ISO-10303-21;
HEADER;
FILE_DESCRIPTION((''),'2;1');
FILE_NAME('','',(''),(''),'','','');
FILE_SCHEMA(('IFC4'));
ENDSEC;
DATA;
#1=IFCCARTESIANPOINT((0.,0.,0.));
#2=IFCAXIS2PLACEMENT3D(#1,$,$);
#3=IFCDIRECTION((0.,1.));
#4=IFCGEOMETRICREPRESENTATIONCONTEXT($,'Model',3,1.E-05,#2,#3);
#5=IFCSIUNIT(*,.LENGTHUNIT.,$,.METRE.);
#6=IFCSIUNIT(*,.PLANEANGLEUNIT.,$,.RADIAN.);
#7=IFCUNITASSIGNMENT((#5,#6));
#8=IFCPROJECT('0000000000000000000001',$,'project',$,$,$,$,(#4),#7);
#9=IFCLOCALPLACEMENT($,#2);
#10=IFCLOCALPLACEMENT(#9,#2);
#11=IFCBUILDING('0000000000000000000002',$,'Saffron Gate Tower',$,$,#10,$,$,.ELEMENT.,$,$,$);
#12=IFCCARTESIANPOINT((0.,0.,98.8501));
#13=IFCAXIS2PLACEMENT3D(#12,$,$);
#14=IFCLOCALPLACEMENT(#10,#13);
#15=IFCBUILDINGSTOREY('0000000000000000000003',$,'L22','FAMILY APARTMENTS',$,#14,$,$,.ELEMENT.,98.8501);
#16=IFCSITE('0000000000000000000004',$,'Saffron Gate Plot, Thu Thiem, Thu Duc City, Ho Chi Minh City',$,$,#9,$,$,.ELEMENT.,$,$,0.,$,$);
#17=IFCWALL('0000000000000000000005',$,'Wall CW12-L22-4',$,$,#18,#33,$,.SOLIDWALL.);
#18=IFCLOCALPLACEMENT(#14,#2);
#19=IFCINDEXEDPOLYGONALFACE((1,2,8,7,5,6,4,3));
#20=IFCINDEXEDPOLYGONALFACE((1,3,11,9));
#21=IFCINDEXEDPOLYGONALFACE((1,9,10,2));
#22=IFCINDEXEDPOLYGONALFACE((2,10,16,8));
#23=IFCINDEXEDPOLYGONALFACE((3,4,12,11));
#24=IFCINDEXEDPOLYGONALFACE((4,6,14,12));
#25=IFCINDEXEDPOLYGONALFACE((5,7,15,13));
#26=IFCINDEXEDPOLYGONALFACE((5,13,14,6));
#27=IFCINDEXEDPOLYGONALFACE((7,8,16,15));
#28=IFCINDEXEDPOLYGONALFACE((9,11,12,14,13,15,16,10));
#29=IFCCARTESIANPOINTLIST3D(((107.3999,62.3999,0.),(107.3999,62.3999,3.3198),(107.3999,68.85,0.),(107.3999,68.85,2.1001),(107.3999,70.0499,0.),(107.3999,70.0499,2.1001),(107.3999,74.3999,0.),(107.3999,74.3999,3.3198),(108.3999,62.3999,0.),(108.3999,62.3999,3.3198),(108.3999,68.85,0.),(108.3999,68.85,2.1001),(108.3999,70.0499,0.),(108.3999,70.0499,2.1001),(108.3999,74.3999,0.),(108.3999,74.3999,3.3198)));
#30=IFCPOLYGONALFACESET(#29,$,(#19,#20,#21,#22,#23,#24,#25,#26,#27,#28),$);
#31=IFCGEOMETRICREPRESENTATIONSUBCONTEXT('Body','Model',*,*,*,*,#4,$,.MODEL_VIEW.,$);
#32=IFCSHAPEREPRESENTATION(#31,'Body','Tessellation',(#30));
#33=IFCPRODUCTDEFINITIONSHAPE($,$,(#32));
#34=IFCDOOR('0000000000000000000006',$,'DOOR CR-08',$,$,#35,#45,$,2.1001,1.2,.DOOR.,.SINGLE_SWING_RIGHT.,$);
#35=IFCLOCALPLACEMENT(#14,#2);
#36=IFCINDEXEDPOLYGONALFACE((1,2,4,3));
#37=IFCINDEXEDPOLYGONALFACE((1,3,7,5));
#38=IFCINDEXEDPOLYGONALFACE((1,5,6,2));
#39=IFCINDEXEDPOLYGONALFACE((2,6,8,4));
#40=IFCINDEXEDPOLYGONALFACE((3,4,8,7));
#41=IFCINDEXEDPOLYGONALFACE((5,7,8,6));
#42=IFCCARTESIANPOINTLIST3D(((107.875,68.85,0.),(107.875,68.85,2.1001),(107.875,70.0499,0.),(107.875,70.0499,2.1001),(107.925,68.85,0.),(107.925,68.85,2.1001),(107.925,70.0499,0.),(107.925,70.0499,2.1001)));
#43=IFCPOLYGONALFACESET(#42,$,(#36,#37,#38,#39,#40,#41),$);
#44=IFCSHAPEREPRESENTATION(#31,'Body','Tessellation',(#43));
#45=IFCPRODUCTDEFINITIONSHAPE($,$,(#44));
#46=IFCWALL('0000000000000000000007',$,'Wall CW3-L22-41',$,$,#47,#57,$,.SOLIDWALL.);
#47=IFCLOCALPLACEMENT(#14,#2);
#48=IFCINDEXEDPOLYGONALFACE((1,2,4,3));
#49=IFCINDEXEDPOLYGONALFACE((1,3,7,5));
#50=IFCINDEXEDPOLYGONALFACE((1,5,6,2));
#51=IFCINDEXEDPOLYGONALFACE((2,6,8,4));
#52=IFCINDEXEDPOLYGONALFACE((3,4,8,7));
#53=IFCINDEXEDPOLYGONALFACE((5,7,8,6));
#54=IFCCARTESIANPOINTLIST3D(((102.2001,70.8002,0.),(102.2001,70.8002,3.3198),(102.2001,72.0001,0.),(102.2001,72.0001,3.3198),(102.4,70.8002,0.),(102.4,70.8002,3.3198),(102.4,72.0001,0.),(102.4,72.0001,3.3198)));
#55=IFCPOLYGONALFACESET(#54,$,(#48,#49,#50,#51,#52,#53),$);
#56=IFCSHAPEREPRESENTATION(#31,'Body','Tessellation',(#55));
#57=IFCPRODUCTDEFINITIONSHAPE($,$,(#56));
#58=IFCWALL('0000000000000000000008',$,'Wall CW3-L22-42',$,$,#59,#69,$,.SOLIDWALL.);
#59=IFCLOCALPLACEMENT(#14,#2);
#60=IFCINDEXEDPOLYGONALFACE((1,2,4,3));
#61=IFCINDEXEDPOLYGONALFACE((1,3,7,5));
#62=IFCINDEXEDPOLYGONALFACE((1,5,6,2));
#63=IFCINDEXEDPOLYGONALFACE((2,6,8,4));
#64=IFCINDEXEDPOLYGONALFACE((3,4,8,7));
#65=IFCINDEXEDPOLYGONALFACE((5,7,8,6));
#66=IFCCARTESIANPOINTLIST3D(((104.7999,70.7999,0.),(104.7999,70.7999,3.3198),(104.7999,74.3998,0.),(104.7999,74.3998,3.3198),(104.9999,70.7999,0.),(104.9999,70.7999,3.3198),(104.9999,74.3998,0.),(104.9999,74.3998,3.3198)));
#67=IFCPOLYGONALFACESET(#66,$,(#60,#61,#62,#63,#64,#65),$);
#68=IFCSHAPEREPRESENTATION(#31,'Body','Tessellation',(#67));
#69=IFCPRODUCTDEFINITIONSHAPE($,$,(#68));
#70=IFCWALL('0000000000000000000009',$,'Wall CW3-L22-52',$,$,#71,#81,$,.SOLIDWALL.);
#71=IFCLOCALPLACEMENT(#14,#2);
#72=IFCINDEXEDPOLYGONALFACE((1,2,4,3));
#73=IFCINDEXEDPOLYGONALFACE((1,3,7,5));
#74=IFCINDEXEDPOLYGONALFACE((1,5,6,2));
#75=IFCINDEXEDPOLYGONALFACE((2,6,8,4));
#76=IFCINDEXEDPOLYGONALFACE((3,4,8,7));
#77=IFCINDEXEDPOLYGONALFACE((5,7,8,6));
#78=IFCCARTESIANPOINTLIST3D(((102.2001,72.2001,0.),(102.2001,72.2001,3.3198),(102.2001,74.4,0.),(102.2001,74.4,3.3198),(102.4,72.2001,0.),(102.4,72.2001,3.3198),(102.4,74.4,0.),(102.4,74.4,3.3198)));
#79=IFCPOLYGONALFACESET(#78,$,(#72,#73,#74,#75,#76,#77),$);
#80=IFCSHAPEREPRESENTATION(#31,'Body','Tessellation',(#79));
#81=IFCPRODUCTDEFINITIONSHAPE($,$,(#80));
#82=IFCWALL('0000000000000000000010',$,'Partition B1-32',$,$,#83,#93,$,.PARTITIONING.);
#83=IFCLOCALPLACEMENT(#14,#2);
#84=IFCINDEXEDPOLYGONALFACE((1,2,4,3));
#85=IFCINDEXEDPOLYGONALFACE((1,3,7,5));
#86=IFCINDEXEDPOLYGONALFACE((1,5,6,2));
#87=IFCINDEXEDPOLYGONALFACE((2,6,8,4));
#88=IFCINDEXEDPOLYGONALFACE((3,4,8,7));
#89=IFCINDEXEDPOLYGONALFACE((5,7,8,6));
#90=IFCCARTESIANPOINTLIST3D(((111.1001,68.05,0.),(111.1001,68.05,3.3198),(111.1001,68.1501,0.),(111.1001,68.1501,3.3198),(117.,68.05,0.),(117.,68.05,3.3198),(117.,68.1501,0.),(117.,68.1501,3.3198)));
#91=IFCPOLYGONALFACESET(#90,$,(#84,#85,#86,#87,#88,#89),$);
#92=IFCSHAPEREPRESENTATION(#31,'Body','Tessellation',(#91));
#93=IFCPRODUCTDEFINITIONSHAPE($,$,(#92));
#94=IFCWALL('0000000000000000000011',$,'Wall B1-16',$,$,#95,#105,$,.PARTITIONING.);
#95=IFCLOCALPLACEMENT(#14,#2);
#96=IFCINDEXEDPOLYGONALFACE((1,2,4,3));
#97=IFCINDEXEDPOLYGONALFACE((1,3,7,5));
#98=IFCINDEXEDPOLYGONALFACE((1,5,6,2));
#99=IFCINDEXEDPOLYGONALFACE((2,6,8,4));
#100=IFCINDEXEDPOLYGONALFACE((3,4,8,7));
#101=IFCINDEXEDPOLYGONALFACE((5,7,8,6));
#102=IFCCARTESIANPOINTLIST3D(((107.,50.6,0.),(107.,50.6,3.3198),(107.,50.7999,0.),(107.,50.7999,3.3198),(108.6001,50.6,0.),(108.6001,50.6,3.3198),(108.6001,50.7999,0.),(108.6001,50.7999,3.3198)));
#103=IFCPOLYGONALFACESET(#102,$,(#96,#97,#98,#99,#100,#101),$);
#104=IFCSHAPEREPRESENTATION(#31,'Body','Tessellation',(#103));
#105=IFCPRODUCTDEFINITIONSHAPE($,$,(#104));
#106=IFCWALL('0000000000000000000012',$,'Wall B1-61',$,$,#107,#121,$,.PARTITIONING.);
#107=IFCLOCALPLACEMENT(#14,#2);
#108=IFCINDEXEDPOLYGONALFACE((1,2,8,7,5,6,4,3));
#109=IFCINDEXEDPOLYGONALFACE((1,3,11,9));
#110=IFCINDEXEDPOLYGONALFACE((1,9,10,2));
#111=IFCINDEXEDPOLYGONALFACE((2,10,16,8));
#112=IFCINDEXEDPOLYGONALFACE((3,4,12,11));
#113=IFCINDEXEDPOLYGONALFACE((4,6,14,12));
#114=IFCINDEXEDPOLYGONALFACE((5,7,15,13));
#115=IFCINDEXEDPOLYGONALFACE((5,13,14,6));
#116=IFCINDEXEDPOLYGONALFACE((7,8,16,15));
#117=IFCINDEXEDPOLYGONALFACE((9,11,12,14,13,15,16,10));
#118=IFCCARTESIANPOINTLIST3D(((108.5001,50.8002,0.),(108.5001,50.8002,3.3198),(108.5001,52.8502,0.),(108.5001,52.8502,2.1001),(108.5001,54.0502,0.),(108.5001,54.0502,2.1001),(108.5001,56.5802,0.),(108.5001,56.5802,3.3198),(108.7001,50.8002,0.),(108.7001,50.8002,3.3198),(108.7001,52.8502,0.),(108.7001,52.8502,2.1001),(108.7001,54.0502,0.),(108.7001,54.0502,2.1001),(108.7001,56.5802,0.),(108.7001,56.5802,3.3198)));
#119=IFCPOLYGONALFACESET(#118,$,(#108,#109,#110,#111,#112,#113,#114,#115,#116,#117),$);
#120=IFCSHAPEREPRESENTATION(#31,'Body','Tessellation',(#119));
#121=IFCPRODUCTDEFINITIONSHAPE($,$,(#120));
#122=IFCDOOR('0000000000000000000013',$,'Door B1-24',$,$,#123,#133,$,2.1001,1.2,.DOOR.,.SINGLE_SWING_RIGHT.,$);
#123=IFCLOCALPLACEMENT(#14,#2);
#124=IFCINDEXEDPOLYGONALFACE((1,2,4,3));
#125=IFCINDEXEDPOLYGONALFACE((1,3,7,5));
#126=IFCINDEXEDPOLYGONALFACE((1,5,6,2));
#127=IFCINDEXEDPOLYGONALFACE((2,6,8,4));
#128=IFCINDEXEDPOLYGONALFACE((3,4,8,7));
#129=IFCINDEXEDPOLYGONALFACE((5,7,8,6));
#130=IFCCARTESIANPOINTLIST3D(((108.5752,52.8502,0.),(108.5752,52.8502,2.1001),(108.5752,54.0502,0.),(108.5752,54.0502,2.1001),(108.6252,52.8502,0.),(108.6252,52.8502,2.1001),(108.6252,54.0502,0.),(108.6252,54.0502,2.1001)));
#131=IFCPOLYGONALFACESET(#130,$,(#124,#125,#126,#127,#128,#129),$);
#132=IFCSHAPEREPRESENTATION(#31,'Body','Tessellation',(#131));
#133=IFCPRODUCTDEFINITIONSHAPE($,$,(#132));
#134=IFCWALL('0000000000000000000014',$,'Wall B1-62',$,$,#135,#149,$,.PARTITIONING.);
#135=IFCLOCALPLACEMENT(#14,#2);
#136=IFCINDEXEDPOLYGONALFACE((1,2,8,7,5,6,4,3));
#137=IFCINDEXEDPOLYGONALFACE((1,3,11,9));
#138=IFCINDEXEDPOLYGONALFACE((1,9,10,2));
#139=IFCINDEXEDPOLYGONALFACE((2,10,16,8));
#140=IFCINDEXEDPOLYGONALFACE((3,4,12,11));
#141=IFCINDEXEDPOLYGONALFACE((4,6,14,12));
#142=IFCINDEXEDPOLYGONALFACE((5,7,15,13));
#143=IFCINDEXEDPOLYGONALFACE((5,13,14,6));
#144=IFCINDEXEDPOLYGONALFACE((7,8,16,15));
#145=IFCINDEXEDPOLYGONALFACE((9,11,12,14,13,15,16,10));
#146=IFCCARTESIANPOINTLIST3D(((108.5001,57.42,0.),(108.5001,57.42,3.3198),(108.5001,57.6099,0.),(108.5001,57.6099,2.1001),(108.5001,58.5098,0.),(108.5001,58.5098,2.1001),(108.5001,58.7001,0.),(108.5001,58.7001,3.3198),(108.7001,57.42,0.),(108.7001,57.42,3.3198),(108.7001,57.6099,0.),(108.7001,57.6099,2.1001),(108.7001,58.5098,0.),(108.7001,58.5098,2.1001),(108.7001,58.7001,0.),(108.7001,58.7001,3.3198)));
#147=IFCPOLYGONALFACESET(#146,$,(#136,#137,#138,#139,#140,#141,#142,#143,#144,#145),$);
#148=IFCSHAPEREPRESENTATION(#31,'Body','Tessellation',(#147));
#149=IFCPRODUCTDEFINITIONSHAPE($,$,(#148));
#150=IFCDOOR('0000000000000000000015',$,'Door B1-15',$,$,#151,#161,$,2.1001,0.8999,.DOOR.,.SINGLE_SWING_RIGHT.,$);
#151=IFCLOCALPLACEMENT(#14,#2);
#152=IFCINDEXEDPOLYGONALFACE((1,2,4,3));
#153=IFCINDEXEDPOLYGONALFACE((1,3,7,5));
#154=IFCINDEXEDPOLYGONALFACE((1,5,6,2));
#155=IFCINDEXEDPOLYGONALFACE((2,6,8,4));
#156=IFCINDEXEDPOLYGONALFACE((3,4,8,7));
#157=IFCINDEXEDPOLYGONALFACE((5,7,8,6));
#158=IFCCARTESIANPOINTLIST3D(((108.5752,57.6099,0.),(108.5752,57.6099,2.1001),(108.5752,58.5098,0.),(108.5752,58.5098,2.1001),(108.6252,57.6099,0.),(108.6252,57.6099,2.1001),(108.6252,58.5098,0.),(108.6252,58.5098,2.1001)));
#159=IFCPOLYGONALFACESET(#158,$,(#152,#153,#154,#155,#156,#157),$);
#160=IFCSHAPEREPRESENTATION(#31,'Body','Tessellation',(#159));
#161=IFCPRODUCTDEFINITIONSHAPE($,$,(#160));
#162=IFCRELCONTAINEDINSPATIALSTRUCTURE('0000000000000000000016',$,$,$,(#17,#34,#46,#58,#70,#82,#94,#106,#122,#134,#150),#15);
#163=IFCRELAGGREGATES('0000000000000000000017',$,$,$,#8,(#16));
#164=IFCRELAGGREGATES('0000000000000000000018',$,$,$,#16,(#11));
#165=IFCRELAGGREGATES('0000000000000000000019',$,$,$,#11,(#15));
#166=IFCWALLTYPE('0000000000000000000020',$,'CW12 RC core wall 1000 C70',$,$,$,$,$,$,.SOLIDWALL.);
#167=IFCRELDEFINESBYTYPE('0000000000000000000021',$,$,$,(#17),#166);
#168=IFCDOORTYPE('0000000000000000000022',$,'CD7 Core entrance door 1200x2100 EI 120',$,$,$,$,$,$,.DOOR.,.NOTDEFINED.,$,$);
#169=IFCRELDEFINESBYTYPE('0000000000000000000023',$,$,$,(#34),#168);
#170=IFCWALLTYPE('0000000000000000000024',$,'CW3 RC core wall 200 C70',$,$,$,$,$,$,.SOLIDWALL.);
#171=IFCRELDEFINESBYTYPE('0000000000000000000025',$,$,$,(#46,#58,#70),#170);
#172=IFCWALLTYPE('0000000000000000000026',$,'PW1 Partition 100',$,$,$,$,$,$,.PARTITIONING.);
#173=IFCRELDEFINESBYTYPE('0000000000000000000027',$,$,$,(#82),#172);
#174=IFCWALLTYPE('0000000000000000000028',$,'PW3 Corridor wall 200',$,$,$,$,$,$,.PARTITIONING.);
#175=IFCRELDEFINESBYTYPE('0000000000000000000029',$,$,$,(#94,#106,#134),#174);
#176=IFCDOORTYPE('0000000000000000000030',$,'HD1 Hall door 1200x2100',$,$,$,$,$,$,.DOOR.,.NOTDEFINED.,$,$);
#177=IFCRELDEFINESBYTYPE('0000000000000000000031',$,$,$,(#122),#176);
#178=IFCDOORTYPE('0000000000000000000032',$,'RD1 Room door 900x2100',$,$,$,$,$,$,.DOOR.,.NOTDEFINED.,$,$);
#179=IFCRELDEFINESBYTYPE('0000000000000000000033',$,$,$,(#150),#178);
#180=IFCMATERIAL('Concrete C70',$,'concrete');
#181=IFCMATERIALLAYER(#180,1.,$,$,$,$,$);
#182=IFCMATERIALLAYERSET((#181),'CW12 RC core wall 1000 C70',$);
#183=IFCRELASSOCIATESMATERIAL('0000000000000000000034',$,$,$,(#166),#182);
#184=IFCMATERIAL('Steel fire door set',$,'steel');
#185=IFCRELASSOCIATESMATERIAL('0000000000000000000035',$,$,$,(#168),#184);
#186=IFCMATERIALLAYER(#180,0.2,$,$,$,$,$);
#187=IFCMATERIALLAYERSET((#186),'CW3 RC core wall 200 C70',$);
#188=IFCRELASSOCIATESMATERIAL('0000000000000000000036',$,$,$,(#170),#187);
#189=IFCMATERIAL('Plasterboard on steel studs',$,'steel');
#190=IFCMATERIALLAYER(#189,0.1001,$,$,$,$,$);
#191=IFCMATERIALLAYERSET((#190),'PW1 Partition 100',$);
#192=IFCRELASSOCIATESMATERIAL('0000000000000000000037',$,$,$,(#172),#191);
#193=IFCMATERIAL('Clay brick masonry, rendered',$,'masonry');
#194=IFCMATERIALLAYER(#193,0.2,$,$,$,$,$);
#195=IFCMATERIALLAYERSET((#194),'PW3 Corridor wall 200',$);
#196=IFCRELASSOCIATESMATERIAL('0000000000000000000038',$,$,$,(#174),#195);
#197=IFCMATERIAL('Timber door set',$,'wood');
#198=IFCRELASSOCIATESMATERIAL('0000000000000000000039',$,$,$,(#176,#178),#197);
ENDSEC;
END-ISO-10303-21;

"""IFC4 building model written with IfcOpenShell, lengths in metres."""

from ifc_helpers import new_model, si_unit, direction, frame, frame_2d, origin, place, context, subcontext, project, spatial, rectangle, extrude, material, layer, layer_set, type_object, element, fill, save


model = new_model("IFC4")

# Units and contexts
model_context = context("Model", 3, precision=1e-05, world=origin(), true_north=direction((0.0, 1.0)))
body_context = subcontext(model_context, "Body", "Model", "MODEL_VIEW")
ifc_project = project(units=[si_unit("LENGTHUNIT", "METRE"), si_unit("PLANEANGLEUNIT", "RADIAN")], contexts=[model_context])

# Site, building, storey
site_placement = place(None, origin())
site = spatial("IfcSite", under=ifc_project, at=site_placement, Name="Saffron Gate Plot, Thu Thiem, Thu Duc City, Ho Chi Minh City", CompositionType="ELEMENT", RefElevation=0.0)
building_placement = place(site_placement, origin())
building = spatial("IfcBuilding", under=site, at=building_placement, Name="Saffron Gate Tower", CompositionType="ELEMENT")
storey_placement = place(building_placement, frame((0.0, 0.0, 98.8501)))
storey = spatial("IfcBuildingStorey", under=building, at=storey_placement, Name="L22", Description="FAMILY APARTMENTS", CompositionType="ELEMENT", Elevation=98.8501)

# Wall, opening, door
ifc_material_1 = material(Name="Concrete C70", Category="concrete")
ifc_layer_1 = layer(ifc_material_1, 1.0)
ifc_layer_set_1 = layer_set([ifc_layer_1], Name="CW12 RC core wall 1000 C70")
wall_type_1 = type_object("IfcWallType", Name="CW12 RC core wall 1000 C70", PredefinedType="SOLIDWALL", material=ifc_layer_set_1)
wall_1_placement = place(storey_placement, frame((107.8999, 62.3999, 0.0), z_axis=(0.0, 0.0, 1.0), x_axis=(0.0, 1.0, 0.0)))
wall_1 = element("IfcWall", 1, at=wall_1_placement, inside=storey, type_object=wall_type_1, Name="Wall CW12-L22-4", PredefinedType="SOLIDWALL", context=body_context, shape_type="SweptSolid", body=[
    extrude(rectangle(XDim=12.0, YDim=1.0, at=frame_2d((6.0, 0.0))), origin(), (0.0, 0.0, 1.0), 3.3198),
])
opening_1_placement = place(wall_1_placement, frame((6.45, 0.0, 0.0)))
opening_1 = element("IfcOpeningElement", 2, at=opening_1_placement, cuts=wall_1, PredefinedType="OPENING", context=body_context, shape_type="SweptSolid", body=[
    extrude(rectangle(XDim=1.2, YDim=2.1001, at=frame_2d((0.6001, 1.05))), frame((0.0, 0.51, 0.0), z_axis=(0.0, -1.0, 0.0), x_axis=(1.0, 0.0, 0.0)), (0.0, 0.0, 1.0), 1.02),
])
ifc_material_2 = material(Name="Steel fire door set", Category="steel")
door_type_1 = type_object("IfcDoorType", Name="CD7 Core entrance door 1200x2100 EI 120", OperationType="NOTDEFINED", PredefinedType="DOOR", material=ifc_material_2)
door_1_placement = place(opening_1_placement, origin())
door_1 = element("IfcDoor", 3, at=door_1_placement, inside=storey, type_object=door_type_1, Name="DOOR CR-08", OperationType="SINGLE_SWING_RIGHT", OverallHeight=2.1001, OverallWidth=1.2, PredefinedType="DOOR", context=body_context, shape_type="SweptSolid", body=[
    extrude(rectangle(XDim=1.2, YDim=2.1001, at=frame_2d((0.6001, 1.05))), frame((0.0, 0.0249, 0.0), z_axis=(0.0, -1.0, 0.0), x_axis=(1.0, 0.0, 0.0)), (0.0, 0.0, 1.0), 0.05),
])
fill(opening_1, door_1)

# Walls
ifc_layer_2 = layer(ifc_material_1, 0.2)
ifc_layer_set_2 = layer_set([ifc_layer_2], Name="CW3 RC core wall 200 C70")
wall_type_2 = type_object("IfcWallType", Name="CW3 RC core wall 200 C70", PredefinedType="SOLIDWALL", material=ifc_layer_set_2)
wall_2_placement = place(storey_placement, frame((102.3, 70.8, 0.0), z_axis=(0.0, 0.0, 1.0), x_axis=(0.0, 1.0, 0.0)))
element("IfcWall", 4, at=wall_2_placement, inside=storey, type_object=wall_type_2, Name="Wall CW3-L22-41", PredefinedType="SOLIDWALL", context=body_context, shape_type="SweptSolid", body=[
    extrude(rectangle(XDim=1.2, YDim=0.2, at=frame_2d((0.6001, 0.0))), origin(), (0.0, 0.0, 1.0), 3.3198),
])
wall_3_placement = place(storey_placement, frame((104.8999, 70.8, 0.0), z_axis=(0.0, 0.0, 1.0), x_axis=(0.0, 1.0, 0.0)))
element("IfcWall", 5, at=wall_3_placement, inside=storey, type_object=wall_type_2, Name="Wall CW3-L22-42", PredefinedType="SOLIDWALL", context=body_context, shape_type="SweptSolid", body=[
    extrude(rectangle(XDim=3.5999, YDim=0.2, at=frame_2d((1.7998, 0.0))), origin(), (0.0, 0.0, 1.0), 3.3198),
])
wall_4_placement = place(storey_placement, frame((102.3, 72.2, 0.0), z_axis=(0.0, 0.0, 1.0), x_axis=(0.0, 1.0, 0.0)))
element("IfcWall", 6, at=wall_4_placement, inside=storey, type_object=wall_type_2, Name="Wall CW3-L22-52", PredefinedType="SOLIDWALL", context=body_context, shape_type="SweptSolid", body=[
    extrude(rectangle(XDim=2.2, YDim=0.2, at=frame_2d((1.1001, 0.0))), origin(), (0.0, 0.0, 1.0), 3.3198),
])
ifc_material_3 = material(Name="Plasterboard on steel studs", Category="steel")
ifc_layer_3 = layer(ifc_material_3, 0.1001)
ifc_layer_set_3 = layer_set([ifc_layer_3], Name="PW1 Partition 100")
wall_type_3 = type_object("IfcWallType", Name="PW1 Partition 100", PredefinedType="PARTITIONING", material=ifc_layer_set_3)
wall_5_placement = place(storey_placement, frame((111.1001, 68.1001, 0.0), z_axis=(0.0, 0.0, 1.0), x_axis=(1.0, 0.0, 0.0)))
element("IfcWall", 7, at=wall_5_placement, inside=storey, type_object=wall_type_3, Name="Partition B1-32", PredefinedType="PARTITIONING", context=body_context, shape_type="SweptSolid", body=[
    extrude(rectangle(XDim=5.8999, YDim=0.1001, at=frame_2d((2.95, 0.0))), origin(), (0.0, 0.0, 1.0), 3.3198),
])
ifc_material_4 = material(Name="Clay brick masonry, rendered", Category="masonry")
ifc_layer_4 = layer(ifc_material_4, 0.2)
ifc_layer_set_4 = layer_set([ifc_layer_4], Name="PW3 Corridor wall 200")
wall_type_4 = type_object("IfcWallType", Name="PW3 Corridor wall 200", PredefinedType="PARTITIONING", material=ifc_layer_set_4)
wall_6_placement = place(storey_placement, frame((107.0, 50.7, 0.0), z_axis=(0.0, 0.0, 1.0), x_axis=(1.0, 0.0, 0.0)))
element("IfcWall", 8, at=wall_6_placement, inside=storey, type_object=wall_type_4, Name="Wall B1-16", PredefinedType="PARTITIONING", context=body_context, shape_type="SweptSolid", body=[
    extrude(rectangle(XDim=1.6001, YDim=0.2, at=frame_2d((0.8, 0.0))), origin(), (0.0, 0.0, 1.0), 3.3198),
])

# Walls, openings, doors
wall_7_placement = place(storey_placement, frame((108.6001, 50.8, 0.0), z_axis=(0.0, 0.0, 1.0), x_axis=(0.0, 1.0, 0.0)))
wall_7 = element("IfcWall", 9, at=wall_7_placement, inside=storey, type_object=wall_type_4, Name="Wall B1-61", PredefinedType="PARTITIONING", context=body_context, shape_type="SweptSolid", body=[
    extrude(rectangle(XDim=5.78, YDim=0.2, at=frame_2d((2.8901, 0.0))), origin(), (0.0, 0.0, 1.0), 3.3198),
])
opening_2_placement = place(wall_7_placement, frame((2.05, 0.0, 0.0)))
opening_2 = element("IfcOpeningElement", 10, at=opening_2_placement, cuts=wall_7, PredefinedType="OPENING", context=body_context, shape_type="SweptSolid", body=[
    extrude(rectangle(XDim=1.2, YDim=2.1001, at=frame_2d((0.6001, 1.05))), frame((0.0, 0.1099, 0.0), z_axis=(0.0, -1.0, 0.0), x_axis=(1.0, 0.0, 0.0)), (0.0, 0.0, 1.0), 0.22),
])
ifc_material_5 = material(Name="Timber door set", Category="wood")
door_type_2 = type_object("IfcDoorType", Name="HD1 Hall door 1200x2100", OperationType="NOTDEFINED", PredefinedType="DOOR", material=ifc_material_5)
door_2_placement = place(opening_2_placement, origin())
door_2 = element("IfcDoor", 11, at=door_2_placement, inside=storey, type_object=door_type_2, Name="Door B1-24", OperationType="SINGLE_SWING_RIGHT", OverallHeight=2.1001, OverallWidth=1.2, PredefinedType="DOOR", context=body_context, shape_type="SweptSolid", body=[
    extrude(rectangle(XDim=1.2, YDim=2.1001, at=frame_2d((0.6001, 1.05))), frame((0.0, 0.0249, 0.0), z_axis=(0.0, -1.0, 0.0), x_axis=(1.0, 0.0, 0.0)), (0.0, 0.0, 1.0), 0.05),
])
fill(opening_2, door_2)
wall_8_placement = place(storey_placement, frame((108.6001, 57.4199, 0.0), z_axis=(0.0, 0.0, 1.0), x_axis=(0.0, 1.0, 0.0)))
wall_8 = element("IfcWall", 12, at=wall_8_placement, inside=storey, type_object=wall_type_4, Name="Wall B1-62", PredefinedType="PARTITIONING", context=body_context, shape_type="SweptSolid", body=[
    extrude(rectangle(XDim=1.28, YDim=0.2, at=frame_2d((0.6401, 0.0))), origin(), (0.0, 0.0, 1.0), 3.3198),
])
opening_3_placement = place(wall_8_placement, frame((0.1899, 0.0, 0.0)))
opening_3 = element("IfcOpeningElement", 13, at=opening_3_placement, cuts=wall_8, PredefinedType="OPENING", context=body_context, shape_type="SweptSolid", body=[
    extrude(rectangle(XDim=0.8999, YDim=2.1001, at=frame_2d((0.45, 1.05))), frame((0.0, 0.1099, 0.0), z_axis=(0.0, -1.0, 0.0), x_axis=(1.0, 0.0, 0.0)), (0.0, 0.0, 1.0), 0.22),
])
door_type_3 = type_object("IfcDoorType", Name="RD1 Room door 900x2100", OperationType="NOTDEFINED", PredefinedType="DOOR", material=ifc_material_5)
door_3_placement = place(opening_3_placement, origin())
door_3 = element("IfcDoor", 14, at=door_3_placement, inside=storey, type_object=door_type_3, Name="Door B1-15", OperationType="SINGLE_SWING_RIGHT", OverallHeight=2.1001, OverallWidth=0.8999, PredefinedType="DOOR", context=body_context, shape_type="SweptSolid", body=[
    extrude(rectangle(XDim=0.8999, YDim=2.1001, at=frame_2d((0.45, 1.05))), frame((0.0, 0.0249, 0.0), z_axis=(0.0, -1.0, 0.0), x_axis=(1.0, 0.0, 0.0)), (0.0, 0.0, 1.0), 0.05),
])
fill(opening_3, door_3)

save(model, "model.ifc")
